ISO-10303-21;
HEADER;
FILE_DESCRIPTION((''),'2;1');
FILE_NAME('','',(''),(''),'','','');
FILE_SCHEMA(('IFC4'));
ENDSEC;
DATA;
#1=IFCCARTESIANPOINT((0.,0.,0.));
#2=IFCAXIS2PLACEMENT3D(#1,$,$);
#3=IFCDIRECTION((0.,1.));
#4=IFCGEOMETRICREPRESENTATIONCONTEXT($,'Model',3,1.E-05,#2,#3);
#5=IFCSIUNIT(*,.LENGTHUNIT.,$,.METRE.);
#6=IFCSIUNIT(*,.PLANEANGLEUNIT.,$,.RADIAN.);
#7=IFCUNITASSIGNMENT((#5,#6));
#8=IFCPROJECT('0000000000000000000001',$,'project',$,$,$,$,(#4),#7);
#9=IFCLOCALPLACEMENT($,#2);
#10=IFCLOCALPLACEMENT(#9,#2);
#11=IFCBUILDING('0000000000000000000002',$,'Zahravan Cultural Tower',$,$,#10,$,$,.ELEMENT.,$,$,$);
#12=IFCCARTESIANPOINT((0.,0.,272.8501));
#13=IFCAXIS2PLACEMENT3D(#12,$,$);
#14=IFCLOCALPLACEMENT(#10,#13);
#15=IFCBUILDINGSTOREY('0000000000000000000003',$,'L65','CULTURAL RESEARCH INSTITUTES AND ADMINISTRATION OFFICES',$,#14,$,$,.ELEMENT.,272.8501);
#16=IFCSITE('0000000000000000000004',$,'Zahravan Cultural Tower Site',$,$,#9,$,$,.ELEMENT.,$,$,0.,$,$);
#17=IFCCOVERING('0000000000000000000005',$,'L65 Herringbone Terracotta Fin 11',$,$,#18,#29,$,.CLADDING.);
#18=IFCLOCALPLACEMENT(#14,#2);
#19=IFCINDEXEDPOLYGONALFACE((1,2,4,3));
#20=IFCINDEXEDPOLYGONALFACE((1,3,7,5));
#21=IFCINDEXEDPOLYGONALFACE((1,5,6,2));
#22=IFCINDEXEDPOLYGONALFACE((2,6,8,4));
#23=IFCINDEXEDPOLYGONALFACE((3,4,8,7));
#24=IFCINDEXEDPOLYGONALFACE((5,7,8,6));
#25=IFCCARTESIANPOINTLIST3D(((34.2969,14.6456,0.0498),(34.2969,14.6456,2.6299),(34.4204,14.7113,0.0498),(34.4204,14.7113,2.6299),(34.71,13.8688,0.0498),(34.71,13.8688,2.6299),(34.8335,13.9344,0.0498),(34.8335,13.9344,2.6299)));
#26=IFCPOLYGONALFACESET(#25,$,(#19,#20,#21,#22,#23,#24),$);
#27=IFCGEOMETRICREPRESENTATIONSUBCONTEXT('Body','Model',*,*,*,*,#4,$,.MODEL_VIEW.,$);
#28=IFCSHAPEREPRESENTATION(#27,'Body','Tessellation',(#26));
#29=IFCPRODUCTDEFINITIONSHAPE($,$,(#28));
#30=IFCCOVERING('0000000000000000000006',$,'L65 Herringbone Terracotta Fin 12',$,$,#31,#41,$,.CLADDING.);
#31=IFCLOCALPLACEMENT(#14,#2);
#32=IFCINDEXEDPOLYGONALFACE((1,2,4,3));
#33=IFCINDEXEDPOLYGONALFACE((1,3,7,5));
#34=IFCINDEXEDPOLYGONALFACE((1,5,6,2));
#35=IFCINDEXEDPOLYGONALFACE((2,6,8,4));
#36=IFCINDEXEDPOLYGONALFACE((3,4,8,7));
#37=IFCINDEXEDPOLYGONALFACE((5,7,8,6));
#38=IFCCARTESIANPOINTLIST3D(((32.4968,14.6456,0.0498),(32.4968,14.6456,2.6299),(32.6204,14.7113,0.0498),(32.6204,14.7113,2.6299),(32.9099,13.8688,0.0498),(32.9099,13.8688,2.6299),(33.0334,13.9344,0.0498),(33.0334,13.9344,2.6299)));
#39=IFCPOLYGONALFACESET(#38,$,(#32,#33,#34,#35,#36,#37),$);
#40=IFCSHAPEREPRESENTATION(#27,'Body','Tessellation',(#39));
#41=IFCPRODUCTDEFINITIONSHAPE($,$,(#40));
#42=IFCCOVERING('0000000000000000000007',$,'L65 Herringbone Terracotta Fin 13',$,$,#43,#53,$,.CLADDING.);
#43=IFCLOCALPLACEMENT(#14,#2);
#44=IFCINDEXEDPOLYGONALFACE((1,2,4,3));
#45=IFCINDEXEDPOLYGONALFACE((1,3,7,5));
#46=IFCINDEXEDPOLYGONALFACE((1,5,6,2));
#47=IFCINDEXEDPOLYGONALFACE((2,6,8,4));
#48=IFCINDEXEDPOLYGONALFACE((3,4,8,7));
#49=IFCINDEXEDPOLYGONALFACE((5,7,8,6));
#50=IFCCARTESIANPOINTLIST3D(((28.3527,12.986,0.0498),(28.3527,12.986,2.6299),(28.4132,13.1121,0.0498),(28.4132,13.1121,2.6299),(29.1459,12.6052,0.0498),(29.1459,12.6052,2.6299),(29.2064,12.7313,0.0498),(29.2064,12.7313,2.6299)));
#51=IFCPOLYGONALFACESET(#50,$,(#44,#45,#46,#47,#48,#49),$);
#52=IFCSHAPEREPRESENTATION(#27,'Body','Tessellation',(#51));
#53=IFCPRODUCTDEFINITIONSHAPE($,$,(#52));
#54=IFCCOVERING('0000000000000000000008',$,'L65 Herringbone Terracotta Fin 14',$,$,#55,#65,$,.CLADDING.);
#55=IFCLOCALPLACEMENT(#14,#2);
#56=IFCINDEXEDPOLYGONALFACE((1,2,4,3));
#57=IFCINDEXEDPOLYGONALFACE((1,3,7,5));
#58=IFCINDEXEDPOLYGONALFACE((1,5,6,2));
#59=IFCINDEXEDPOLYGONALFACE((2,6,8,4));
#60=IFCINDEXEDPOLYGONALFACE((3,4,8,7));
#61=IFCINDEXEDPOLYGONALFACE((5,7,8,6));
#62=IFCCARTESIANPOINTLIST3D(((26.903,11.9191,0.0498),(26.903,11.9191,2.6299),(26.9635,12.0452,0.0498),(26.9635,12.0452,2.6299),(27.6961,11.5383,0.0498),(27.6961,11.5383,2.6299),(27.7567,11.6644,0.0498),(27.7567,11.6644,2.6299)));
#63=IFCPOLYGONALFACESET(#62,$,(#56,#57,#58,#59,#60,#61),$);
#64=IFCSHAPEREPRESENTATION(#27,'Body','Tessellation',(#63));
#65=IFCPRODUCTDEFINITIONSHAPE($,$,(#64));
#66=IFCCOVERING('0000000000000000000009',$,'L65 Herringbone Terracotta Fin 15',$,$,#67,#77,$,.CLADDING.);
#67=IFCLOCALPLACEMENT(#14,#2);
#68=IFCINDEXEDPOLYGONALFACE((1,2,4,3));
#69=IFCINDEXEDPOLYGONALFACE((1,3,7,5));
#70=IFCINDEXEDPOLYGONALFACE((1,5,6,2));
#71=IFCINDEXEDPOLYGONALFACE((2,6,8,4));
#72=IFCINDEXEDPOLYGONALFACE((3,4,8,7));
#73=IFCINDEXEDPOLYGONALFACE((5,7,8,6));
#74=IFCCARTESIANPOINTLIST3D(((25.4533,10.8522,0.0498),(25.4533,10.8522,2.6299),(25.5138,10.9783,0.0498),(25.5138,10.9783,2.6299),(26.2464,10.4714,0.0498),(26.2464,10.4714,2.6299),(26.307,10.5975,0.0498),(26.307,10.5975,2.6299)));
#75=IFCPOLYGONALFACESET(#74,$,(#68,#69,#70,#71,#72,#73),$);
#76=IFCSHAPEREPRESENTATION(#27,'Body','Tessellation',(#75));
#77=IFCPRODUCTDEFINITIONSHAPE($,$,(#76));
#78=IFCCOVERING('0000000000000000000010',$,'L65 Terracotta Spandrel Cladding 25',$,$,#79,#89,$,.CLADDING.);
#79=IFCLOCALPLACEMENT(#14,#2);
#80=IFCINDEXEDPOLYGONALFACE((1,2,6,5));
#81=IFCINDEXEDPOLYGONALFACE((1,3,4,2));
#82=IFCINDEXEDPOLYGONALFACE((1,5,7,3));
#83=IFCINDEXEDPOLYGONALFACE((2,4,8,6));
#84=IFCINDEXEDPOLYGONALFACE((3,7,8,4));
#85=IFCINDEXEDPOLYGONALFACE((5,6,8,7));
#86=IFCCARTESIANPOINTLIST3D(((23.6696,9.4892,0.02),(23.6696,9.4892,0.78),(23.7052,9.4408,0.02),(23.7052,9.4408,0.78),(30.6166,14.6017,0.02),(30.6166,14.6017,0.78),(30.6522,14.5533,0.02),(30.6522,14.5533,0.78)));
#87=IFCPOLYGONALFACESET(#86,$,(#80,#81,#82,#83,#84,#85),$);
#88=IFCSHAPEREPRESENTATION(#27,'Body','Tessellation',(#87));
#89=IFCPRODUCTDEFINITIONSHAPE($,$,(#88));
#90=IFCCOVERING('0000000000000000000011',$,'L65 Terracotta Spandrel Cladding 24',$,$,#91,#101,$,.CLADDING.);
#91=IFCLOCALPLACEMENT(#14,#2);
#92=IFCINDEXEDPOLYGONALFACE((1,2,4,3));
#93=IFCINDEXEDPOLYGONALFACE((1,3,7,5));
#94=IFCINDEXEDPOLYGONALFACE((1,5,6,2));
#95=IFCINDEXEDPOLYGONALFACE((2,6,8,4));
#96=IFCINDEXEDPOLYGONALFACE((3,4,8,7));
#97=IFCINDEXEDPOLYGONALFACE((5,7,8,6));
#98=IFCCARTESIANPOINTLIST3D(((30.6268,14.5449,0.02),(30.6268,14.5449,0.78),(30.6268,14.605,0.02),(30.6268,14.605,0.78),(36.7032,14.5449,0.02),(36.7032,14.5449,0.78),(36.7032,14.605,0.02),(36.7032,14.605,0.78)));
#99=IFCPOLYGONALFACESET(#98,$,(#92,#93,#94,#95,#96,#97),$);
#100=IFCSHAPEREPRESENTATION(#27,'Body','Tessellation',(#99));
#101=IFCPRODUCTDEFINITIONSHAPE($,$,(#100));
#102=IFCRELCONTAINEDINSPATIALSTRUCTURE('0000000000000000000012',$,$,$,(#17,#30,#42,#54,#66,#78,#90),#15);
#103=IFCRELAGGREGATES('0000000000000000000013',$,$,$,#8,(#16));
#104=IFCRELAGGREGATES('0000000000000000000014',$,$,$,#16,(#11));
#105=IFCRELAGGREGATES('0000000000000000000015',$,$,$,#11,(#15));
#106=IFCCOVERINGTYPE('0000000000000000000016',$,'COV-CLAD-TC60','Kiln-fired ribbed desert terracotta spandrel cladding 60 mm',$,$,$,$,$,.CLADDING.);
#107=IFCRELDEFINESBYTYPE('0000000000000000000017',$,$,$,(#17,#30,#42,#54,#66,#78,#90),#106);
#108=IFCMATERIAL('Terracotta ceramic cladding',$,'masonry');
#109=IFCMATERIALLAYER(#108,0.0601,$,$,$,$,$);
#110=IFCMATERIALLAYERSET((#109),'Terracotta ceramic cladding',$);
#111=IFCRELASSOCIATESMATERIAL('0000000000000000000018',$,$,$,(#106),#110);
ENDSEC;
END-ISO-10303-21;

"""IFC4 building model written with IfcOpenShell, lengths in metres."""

from ifc_helpers import new_model, si_unit, direction, frame, origin, origin_2d, place, context, subcontext, project, spatial, rectangle, extrude, source, transform, mapped, material, layer, layer_set, type_object, element, save


model = new_model("IFC4")

# Units and contexts
model_context = context("Model", 3, precision=1e-05, world=origin(), true_north=direction((0.0, 1.0)))
body_context = subcontext(model_context, "Body", "Model", "MODEL_VIEW")
ifc_project = project(units=[si_unit("LENGTHUNIT", "METRE"), si_unit("PLANEANGLEUNIT", "RADIAN")], contexts=[model_context])

# Site, building, storey
site_placement = place(None, origin())
site = spatial("IfcSite", under=ifc_project, at=site_placement, Name="Zahravan Cultural Tower Site", CompositionType="ELEMENT", RefElevation=0.0)
building_placement = place(site_placement, origin())
building = spatial("IfcBuilding", under=site, at=building_placement, Name="Zahravan Cultural Tower", CompositionType="ELEMENT")
storey_placement = place(building_placement, frame((0.0, 0.0, 272.8501)))
storey = spatial("IfcBuildingStorey", under=building, at=storey_placement, Name="L65", Description="CULTURAL RESEARCH INSTITUTES AND ADMINISTRATION OFFICES", CompositionType="ELEMENT", Elevation=272.8501)

# Coverings
ifc_material_1 = material(Name="Terracotta ceramic cladding", Category="masonry")
ifc_layer_1 = layer(ifc_material_1, 0.0601)
ifc_layer_set_1 = layer_set([ifc_layer_1], Name="Terracotta ceramic cladding")
covering_type = type_object("IfcCoveringType", Name="COV-CLAD-TC60", Description="Kiln-fired ribbed desert terracotta spandrel cladding 60 mm", PredefinedType="CLADDING", material=ifc_layer_set_1)
shared_shape_1 = source(origin(), body_context, "Body", "SweptSolid", [
    extrude(rectangle(XDim=0.8799, YDim=0.1399, at=origin_2d()), origin(), (0.0, 0.0, 1.0), 2.5801),
])
for number, where, z_axis, x_axis, name in (
    (1, (34.5652, 14.29, 0.0498), (0.0, 0.0, 1.0), (0.469472, -0.882948, 0.0), "L65 Herringbone Terracotta Fin 11"),
    (2, (32.7651, 14.29, 0.0498), (0.0, 0.0, 1.0), (0.469472, -0.882948, 0.0), "L65 Herringbone Terracotta Fin 12"),
    (3, (28.7795, 12.8586, 0.0498), (0.0, 0.0, 1.0), (0.901455, -0.432873, 0.0), "L65 Herringbone Terracotta Fin 13"),
    (4, (27.3298, 11.7917, 0.0498), (0.0, 0.0, 1.0), (0.901455, -0.432873, 0.0), "L65 Herringbone Terracotta Fin 14"),
    (5, (25.8801, 10.7249, 0.0498), (0.0, 0.0, 1.0), (0.901455, -0.432873, 0.0), "L65 Herringbone Terracotta Fin 15"),
):
    element("IfcCovering", number, at=place(storey_placement, frame(where, z_axis=z_axis, x_axis=x_axis)), inside=storey, type_object=covering_type, Name=name, PredefinedType="CLADDING", context=body_context, shape_type="MappedRepresentation", body=[
        mapped(shared_shape_1, transform((0.0, 0.0, 0.0), x_axis=(1.0, 0.0, 0.0), y_axis=(0.0, 1.0, 0.0), z_axis=(0.0, 0.0, 1.0), scale=1.0)),
    ])
shared_shape_2 = source(origin(), body_context, "Body", "SweptSolid", [
    extrude(rectangle(XDim=8.6255, YDim=0.0601, at=origin_2d()), origin(), (0.0, 0.0, 1.0), 0.76),
])
covering_1_placement = place(storey_placement, frame((27.1609, 12.0212, 0.02), z_axis=(0.0, 0.0, 1.0), x_axis=(-0.805411, -0.592716, 0.0)))
element("IfcCovering", 6, at=covering_1_placement, inside=storey, type_object=covering_type, Name="L65 Terracotta Spandrel Cladding 25", PredefinedType="CLADDING", context=body_context, shape_type="MappedRepresentation", body=[
    mapped(shared_shape_2, transform((0.0, 0.0, 0.0), x_axis=(1.0, 0.0, 0.0), y_axis=(0.0, 1.0, 0.0), z_axis=(0.0, 0.0, 1.0), scale=1.0)),
])
shared_shape_3 = source(origin(), body_context, "Body", "SweptSolid", [
    extrude(rectangle(XDim=6.0764, YDim=0.0601, at=origin_2d()), origin(), (0.0, 0.0, 1.0), 0.76),
])
covering_2_placement = place(storey_placement, frame((33.665, 14.575, 0.02), z_axis=(0.0, 0.0, 1.0), x_axis=(-1.0, 0.0, 0.0)))
element("IfcCovering", 7, at=covering_2_placement, inside=storey, type_object=covering_type, Name="L65 Terracotta Spandrel Cladding 24", PredefinedType="CLADDING", context=body_context, shape_type="MappedRepresentation", body=[
    mapped(shared_shape_3, transform((0.0, 0.0, 0.0), x_axis=(1.0, 0.0, 0.0), y_axis=(0.0, 1.0, 0.0), z_axis=(0.0, 0.0, 1.0), scale=1.0)),
])

save(model, "model.ifc")
